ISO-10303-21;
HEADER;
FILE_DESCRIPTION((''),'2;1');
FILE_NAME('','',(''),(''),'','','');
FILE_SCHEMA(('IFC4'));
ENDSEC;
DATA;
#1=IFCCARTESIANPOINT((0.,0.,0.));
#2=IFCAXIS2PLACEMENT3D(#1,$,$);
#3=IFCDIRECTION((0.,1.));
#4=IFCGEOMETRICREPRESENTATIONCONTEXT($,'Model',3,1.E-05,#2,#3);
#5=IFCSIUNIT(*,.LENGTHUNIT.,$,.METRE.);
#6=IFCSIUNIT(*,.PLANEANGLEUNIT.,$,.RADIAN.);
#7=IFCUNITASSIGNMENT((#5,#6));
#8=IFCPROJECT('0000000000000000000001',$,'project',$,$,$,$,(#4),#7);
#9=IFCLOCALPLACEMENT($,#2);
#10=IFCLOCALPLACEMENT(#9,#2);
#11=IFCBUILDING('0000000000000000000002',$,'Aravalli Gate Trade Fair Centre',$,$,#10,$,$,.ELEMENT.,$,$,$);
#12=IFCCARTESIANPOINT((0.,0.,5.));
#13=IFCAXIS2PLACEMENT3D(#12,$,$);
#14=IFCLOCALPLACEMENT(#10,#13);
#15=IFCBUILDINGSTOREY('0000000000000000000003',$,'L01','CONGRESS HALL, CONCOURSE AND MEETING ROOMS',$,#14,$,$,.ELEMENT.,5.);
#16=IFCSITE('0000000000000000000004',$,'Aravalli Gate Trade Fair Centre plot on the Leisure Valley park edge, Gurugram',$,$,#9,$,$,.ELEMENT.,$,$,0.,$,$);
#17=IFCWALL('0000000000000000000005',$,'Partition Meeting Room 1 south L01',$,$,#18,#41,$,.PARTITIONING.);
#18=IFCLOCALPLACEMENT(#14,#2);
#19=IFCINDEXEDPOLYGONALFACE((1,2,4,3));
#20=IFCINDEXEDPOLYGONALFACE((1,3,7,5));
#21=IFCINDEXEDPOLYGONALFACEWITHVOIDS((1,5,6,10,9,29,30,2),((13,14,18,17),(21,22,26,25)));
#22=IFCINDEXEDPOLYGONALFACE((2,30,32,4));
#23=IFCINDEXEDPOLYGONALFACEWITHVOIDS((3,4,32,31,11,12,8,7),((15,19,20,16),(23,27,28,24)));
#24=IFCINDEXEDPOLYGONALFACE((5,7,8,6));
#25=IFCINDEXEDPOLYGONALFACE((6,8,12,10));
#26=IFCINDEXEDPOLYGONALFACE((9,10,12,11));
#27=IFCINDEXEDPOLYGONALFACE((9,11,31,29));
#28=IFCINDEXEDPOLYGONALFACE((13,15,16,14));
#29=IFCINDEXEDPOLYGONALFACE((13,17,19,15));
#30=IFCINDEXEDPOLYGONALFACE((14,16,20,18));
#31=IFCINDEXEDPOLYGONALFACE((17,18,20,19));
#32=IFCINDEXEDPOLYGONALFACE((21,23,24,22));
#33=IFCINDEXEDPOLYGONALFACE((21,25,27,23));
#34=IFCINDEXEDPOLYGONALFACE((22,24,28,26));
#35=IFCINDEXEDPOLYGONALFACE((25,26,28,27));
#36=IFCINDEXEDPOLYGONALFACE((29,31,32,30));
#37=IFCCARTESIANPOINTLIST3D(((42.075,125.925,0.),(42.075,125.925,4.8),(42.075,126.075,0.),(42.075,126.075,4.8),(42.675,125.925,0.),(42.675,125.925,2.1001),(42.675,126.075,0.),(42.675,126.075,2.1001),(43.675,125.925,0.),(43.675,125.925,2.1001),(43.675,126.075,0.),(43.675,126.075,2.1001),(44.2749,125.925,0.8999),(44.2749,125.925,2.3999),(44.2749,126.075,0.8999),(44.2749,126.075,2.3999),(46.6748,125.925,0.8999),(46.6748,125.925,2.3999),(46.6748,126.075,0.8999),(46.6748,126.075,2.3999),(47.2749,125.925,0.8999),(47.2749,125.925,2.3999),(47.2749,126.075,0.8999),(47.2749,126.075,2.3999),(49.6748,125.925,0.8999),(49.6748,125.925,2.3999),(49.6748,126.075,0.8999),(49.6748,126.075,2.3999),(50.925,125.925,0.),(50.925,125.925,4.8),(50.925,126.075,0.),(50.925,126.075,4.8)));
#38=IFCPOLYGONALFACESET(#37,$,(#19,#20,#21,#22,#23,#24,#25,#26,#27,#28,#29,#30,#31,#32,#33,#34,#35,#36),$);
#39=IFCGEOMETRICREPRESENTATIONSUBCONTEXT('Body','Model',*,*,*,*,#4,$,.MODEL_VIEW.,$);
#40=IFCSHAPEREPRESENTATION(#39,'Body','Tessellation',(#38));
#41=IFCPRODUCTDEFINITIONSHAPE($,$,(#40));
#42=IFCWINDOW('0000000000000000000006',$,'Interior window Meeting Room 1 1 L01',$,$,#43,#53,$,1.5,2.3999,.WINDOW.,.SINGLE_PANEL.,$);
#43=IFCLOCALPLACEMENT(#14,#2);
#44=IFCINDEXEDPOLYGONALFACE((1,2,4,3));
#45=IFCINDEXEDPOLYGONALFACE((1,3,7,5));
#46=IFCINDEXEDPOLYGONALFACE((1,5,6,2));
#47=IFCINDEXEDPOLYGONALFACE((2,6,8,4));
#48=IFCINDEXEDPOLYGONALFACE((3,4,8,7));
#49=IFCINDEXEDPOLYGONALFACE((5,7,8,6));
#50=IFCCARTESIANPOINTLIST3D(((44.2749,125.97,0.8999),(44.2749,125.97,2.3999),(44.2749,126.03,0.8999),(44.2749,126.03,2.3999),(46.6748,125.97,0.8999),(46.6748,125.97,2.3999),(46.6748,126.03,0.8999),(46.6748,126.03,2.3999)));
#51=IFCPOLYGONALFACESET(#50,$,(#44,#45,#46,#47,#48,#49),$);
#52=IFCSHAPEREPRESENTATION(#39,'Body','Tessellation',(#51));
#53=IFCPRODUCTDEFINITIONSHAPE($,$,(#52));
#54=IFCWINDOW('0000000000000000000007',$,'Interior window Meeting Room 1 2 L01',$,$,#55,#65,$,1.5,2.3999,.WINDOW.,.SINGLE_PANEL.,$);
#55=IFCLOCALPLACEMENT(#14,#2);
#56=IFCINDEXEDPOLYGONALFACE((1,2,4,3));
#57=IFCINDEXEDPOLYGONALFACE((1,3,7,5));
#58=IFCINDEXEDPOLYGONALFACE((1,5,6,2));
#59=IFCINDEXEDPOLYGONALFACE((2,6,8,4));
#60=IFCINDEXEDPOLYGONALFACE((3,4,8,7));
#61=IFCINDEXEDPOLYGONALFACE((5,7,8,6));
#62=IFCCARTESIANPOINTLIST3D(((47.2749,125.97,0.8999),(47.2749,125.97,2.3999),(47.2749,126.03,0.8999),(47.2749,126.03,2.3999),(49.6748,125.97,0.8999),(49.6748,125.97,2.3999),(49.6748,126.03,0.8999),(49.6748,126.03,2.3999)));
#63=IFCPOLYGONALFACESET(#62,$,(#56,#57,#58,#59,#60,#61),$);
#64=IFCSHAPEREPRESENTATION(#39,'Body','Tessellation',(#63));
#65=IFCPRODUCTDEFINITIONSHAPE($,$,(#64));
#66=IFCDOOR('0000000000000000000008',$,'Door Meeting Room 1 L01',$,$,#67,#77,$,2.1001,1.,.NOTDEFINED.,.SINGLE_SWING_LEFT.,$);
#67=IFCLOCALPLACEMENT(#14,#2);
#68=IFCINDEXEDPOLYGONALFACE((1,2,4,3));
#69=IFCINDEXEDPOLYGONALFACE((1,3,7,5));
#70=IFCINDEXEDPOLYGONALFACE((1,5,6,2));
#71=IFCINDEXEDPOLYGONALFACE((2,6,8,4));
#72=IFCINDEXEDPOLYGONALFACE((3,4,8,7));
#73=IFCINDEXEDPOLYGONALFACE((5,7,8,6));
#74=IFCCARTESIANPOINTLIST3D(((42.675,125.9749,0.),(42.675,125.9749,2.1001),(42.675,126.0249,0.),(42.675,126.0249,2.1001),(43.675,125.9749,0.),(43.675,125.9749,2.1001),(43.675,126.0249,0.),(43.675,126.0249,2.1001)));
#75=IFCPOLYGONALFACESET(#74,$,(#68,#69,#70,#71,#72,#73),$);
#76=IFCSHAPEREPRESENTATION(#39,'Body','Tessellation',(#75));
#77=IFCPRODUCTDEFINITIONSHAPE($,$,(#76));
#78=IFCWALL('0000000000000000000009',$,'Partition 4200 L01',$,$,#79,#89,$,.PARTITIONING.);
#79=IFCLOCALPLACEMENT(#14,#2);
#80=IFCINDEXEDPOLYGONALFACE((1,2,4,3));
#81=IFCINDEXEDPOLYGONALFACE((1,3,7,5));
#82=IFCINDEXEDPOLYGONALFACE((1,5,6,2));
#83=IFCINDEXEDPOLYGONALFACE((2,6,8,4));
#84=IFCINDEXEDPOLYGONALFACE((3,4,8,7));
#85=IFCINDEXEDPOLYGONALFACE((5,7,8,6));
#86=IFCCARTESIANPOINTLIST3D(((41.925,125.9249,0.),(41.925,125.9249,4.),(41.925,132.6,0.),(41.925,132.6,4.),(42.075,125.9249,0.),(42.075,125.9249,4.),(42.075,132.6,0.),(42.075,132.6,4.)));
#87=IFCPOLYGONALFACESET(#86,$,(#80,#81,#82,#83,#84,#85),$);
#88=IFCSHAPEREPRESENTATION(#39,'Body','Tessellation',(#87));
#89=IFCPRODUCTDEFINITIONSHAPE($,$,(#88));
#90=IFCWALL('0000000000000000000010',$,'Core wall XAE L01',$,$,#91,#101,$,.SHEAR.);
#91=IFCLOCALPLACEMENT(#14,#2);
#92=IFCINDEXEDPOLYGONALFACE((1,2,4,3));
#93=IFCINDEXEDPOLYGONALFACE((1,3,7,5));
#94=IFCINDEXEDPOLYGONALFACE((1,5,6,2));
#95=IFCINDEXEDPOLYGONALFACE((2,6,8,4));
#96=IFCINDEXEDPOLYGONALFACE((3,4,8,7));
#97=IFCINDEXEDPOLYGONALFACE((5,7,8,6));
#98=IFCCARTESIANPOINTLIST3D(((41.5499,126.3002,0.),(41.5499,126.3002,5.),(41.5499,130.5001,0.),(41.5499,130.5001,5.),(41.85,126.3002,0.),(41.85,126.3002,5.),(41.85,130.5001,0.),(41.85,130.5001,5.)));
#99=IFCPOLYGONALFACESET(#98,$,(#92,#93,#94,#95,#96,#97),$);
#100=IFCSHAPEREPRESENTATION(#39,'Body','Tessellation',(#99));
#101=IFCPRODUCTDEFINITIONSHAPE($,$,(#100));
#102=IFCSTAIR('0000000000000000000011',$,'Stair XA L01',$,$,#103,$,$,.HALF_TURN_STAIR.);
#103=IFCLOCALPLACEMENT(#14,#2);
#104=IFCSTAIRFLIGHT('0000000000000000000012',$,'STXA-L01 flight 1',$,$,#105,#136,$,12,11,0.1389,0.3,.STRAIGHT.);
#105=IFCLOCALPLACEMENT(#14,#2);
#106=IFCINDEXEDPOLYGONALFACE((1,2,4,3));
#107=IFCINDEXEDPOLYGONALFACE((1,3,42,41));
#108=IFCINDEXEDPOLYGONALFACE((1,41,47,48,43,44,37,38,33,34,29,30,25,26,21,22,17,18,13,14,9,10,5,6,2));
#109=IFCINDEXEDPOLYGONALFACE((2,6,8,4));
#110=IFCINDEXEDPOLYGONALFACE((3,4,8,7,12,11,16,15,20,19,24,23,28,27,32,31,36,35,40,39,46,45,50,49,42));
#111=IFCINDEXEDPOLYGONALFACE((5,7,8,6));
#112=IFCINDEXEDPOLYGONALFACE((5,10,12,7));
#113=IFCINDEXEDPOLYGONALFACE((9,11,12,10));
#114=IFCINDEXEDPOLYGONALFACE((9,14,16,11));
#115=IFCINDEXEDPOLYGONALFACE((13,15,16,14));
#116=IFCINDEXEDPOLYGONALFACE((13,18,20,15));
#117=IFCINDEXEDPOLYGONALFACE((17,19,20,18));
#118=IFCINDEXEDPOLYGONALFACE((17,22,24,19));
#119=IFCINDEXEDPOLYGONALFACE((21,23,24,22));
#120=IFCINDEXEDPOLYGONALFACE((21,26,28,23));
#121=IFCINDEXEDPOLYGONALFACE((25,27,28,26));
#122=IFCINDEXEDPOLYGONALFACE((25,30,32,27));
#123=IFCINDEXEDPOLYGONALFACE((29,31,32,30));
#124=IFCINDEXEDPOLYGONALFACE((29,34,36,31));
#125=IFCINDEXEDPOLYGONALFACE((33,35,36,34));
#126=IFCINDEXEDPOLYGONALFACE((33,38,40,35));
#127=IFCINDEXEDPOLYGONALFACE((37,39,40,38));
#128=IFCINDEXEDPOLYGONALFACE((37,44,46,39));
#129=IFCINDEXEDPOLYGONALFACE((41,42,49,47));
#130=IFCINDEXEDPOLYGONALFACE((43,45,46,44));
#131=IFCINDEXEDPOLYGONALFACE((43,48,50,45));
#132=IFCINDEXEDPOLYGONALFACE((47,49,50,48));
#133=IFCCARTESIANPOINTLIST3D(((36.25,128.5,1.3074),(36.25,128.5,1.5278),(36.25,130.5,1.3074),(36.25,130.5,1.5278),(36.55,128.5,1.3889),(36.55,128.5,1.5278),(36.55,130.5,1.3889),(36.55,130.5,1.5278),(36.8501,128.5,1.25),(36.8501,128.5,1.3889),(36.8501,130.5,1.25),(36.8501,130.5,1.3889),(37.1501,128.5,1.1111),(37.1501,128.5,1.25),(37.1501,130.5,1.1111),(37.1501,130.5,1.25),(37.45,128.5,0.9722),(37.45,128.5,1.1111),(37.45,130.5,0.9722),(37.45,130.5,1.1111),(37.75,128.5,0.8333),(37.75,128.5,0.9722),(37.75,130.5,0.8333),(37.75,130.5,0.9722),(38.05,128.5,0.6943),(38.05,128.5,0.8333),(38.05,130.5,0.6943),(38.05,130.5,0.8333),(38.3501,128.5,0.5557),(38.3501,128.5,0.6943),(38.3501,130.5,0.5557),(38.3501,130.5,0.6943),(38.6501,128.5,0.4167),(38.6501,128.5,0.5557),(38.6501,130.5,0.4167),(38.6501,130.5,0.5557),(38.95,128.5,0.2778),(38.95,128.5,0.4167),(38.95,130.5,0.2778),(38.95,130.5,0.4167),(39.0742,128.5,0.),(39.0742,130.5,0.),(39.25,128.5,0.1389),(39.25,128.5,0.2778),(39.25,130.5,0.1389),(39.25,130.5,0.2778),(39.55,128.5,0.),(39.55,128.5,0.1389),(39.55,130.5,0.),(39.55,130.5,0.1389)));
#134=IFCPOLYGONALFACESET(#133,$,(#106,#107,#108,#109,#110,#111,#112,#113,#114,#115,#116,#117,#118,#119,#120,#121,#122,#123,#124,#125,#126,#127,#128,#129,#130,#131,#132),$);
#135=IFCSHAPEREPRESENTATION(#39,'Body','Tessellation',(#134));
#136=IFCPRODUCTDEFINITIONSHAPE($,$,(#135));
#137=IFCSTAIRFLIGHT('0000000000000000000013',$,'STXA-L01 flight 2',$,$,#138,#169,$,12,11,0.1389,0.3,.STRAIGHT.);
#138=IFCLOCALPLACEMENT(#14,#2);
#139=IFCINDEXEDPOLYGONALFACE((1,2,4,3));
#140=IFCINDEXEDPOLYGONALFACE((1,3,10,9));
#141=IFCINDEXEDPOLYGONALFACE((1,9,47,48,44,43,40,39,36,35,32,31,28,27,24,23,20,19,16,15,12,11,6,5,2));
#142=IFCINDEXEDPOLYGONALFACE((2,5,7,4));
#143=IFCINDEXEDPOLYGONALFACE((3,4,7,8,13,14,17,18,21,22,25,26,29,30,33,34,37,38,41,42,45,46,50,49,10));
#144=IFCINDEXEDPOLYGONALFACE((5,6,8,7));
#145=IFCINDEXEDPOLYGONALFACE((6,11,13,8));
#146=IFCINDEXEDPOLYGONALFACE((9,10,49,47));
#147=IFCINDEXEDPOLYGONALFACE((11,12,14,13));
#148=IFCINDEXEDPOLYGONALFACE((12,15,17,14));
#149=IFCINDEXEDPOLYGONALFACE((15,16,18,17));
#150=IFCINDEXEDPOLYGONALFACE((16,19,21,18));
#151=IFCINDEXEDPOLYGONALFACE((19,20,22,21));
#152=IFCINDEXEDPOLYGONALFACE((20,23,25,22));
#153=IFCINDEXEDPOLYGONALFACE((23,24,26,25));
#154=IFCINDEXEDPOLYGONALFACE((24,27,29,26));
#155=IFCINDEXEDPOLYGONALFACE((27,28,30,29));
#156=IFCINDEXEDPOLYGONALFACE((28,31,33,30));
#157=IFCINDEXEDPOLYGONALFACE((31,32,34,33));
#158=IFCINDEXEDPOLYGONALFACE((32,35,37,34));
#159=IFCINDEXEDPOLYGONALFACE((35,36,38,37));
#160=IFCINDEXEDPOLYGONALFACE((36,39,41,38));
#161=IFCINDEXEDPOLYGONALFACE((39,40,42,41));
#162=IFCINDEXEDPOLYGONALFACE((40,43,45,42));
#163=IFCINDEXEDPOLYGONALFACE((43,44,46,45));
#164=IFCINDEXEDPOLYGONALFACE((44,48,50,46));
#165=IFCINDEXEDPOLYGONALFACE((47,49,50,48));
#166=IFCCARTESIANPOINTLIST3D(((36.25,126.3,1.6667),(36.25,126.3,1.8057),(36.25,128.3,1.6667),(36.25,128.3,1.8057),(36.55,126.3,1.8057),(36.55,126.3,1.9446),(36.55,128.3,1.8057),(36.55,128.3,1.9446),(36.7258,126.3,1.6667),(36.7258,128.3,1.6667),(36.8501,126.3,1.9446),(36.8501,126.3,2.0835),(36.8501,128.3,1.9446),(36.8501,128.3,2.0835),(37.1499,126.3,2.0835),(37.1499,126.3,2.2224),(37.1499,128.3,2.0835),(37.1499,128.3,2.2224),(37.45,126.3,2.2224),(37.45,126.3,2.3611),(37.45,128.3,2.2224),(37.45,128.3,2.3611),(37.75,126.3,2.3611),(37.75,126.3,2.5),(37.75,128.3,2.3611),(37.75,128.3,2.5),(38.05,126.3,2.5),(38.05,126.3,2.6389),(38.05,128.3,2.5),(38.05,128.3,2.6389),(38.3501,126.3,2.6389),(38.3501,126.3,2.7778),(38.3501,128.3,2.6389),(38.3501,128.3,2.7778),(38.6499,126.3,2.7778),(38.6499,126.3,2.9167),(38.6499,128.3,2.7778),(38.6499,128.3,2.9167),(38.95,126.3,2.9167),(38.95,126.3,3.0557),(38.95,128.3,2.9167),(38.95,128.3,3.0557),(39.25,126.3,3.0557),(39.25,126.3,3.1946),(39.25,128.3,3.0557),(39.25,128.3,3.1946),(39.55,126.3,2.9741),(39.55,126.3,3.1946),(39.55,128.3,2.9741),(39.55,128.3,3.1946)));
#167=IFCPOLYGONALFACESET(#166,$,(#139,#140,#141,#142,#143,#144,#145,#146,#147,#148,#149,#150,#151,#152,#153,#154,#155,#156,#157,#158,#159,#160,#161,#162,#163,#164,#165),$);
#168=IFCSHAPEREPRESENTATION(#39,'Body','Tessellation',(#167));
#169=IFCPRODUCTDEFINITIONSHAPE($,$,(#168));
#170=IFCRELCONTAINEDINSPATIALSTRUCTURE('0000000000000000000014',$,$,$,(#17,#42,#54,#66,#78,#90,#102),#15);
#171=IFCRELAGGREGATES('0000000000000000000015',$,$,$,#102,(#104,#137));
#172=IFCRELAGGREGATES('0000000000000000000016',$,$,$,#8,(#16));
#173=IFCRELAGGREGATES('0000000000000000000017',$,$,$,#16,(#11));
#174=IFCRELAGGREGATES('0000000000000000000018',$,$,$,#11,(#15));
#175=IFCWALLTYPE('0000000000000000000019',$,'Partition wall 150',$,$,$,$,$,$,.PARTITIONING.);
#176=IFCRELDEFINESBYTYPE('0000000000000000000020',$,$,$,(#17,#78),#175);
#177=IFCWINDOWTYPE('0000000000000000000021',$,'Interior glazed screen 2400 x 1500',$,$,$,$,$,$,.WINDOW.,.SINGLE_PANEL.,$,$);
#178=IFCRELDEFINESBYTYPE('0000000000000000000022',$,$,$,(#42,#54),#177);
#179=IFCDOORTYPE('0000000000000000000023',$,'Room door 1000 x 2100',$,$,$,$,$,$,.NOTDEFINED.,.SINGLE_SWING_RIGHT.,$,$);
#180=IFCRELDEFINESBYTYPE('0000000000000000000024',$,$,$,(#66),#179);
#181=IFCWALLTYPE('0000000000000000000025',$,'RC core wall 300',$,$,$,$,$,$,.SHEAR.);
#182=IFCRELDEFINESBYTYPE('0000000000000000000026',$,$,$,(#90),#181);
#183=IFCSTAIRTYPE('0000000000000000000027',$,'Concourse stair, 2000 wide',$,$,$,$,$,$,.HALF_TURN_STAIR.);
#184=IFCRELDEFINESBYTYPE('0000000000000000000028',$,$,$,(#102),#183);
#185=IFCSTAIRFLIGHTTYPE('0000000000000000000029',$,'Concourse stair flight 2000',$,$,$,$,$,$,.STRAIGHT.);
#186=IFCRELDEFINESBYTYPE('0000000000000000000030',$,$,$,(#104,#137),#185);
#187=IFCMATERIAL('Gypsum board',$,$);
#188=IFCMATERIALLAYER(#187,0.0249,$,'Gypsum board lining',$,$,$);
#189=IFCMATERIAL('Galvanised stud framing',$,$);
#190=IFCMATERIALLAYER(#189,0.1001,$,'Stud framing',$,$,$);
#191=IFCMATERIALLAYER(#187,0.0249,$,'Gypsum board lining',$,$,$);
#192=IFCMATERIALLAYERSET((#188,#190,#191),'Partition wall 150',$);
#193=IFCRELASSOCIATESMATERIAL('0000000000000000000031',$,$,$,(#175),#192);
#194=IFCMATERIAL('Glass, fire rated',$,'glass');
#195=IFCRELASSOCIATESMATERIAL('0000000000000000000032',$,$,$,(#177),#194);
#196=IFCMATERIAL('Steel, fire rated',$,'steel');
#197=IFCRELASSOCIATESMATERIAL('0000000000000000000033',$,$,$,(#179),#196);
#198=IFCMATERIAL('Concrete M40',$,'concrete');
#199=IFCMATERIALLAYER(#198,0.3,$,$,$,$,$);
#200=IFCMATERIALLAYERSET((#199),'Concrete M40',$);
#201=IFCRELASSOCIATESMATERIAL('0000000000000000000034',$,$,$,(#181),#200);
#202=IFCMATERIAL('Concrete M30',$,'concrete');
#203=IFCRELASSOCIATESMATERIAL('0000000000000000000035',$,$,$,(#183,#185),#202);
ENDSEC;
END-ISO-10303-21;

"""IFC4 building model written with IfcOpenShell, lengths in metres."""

from ifc_helpers import new_model, si_unit, direction, frame, frame_2d, origin, place, context, subcontext, project, spatial, polyline, rectangle, outline, extrude, material, layer, layer_set, type_object, element, fill, aggregate, save


model = new_model("IFC4")

# Units and contexts
model_context = context("Model", 3, precision=1e-05, world=origin(), true_north=direction((0.0, 1.0)))
body_context = subcontext(model_context, "Body", "Model", "MODEL_VIEW")
ifc_project = project(units=[si_unit("LENGTHUNIT", "METRE"), si_unit("PLANEANGLEUNIT", "RADIAN")], contexts=[model_context])

# Site, building, storey
site_placement = place(None, origin())
site = spatial("IfcSite", under=ifc_project, at=site_placement, Name="Aravalli Gate Trade Fair Centre plot on the Leisure Valley park edge, Gurugram", CompositionType="ELEMENT", RefElevation=0.0)
building_placement = place(site_placement, origin())
building = spatial("IfcBuilding", under=site, at=building_placement, Name="Aravalli Gate Trade Fair Centre", CompositionType="ELEMENT")
storey_placement = place(building_placement, frame((0.0, 0.0, 5.0)))
storey = spatial("IfcBuildingStorey", under=building, at=storey_placement, Name="L01", Description="CONGRESS HALL, CONCOURSE AND MEETING ROOMS", CompositionType="ELEMENT", Elevation=5.0)

# Wall, openings, windows, door
ifc_material_1 = material(Name="Gypsum board")
ifc_layer_1 = layer(ifc_material_1, 0.0249, Name="Gypsum board lining")
ifc_material_2 = material(Name="Galvanised stud framing")
ifc_layer_2 = layer(ifc_material_2, 0.1001, Name="Stud framing")
ifc_layer_3 = layer(ifc_material_1, 0.0249, Name="Gypsum board lining")
ifc_layer_set_1 = layer_set([ifc_layer_1, ifc_layer_2, ifc_layer_3], Name="Partition wall 150")
wall_type_1 = type_object("IfcWallType", Name="Partition wall 150", PredefinedType="PARTITIONING", material=ifc_layer_set_1)
wall_1_placement = place(storey_placement, frame((42.075, 126.0, 0.0), z_axis=(0.0, 0.0, 1.0), x_axis=(1.0, 0.0, 0.0)))
wall_1 = element("IfcWall", 1, at=wall_1_placement, inside=storey, type_object=wall_type_1, Name="Partition Meeting Room 1 south L01", PredefinedType="PARTITIONING", context=body_context, shape_type="SweptSolid", body=[
    extrude(rectangle(XDim=8.8501, YDim=0.1499, at=frame_2d((4.425, 0.0))), origin(), (0.0, 0.0, 1.0), 4.8),
])
opening_1_placement = place(wall_1_placement, frame((0.6001, 0.0, 0.0)))
opening_1 = element("IfcOpeningElement", 2, at=opening_1_placement, cuts=wall_1, PredefinedType="OPENING", context=body_context, shape_type="SweptSolid", body=[
    extrude(rectangle(XDim=1.0, YDim=2.1001, at=frame_2d((0.5, 1.05))), frame((0.0, 0.085, 0.0), z_axis=(0.0, -1.0, 0.0), x_axis=(1.0, 0.0, 0.0)), (0.0, 0.0, 1.0), 0.1699),
])
opening_2_placement = place(wall_1_placement, frame((2.2, 0.0, 0.8999)))
opening_2 = element("IfcOpeningElement", 3, at=opening_2_placement, cuts=wall_1, PredefinedType="OPENING", context=body_context, shape_type="SweptSolid", body=[
    extrude(rectangle(XDim=2.3999, YDim=1.5, at=frame_2d((1.2, 0.75))), frame((0.0, 0.085, 0.0), z_axis=(0.0, -1.0, 0.0), x_axis=(1.0, 0.0, 0.0)), (0.0, 0.0, 1.0), 0.1699),
])
opening_3_placement = place(wall_1_placement, frame((5.2, 0.0, 0.8999)))
opening_3 = element("IfcOpeningElement", 4, at=opening_3_placement, cuts=wall_1, PredefinedType="OPENING", context=body_context, shape_type="SweptSolid", body=[
    extrude(rectangle(XDim=2.3999, YDim=1.5, at=frame_2d((1.2, 0.75))), frame((0.0, 0.085, 0.0), z_axis=(0.0, -1.0, 0.0), x_axis=(1.0, 0.0, 0.0)), (0.0, 0.0, 1.0), 0.1699),
])
ifc_material_3 = material(Name="Glass, fire rated", Category="glass")
window_type = type_object("IfcWindowType", Name="Interior glazed screen 2400 x 1500", PartitioningType="SINGLE_PANEL", PredefinedType="WINDOW", material=ifc_material_3)
window_1_placement = place(opening_2_placement, origin())
window_1 = element("IfcWindow", 5, at=window_1_placement, inside=storey, type_object=window_type, Name="Interior window Meeting Room 1 1 L01", OverallHeight=1.5, OverallWidth=2.3999, PartitioningType="SINGLE_PANEL", PredefinedType="WINDOW", context=body_context, shape_type="SweptSolid", body=[
    extrude(rectangle(XDim=2.3999, YDim=1.5, at=frame_2d((1.2, 0.75))), frame((0.0, 0.03, 0.0), z_axis=(0.0, -1.0, 0.0), x_axis=(1.0, 0.0, 0.0)), (0.0, 0.0, 1.0), 0.0601),
])
fill(opening_2, window_1)
window_2_placement = place(opening_3_placement, origin())
window_2 = element("IfcWindow", 6, at=window_2_placement, inside=storey, type_object=window_type, Name="Interior window Meeting Room 1 2 L01", OverallHeight=1.5, OverallWidth=2.3999, PartitioningType="SINGLE_PANEL", PredefinedType="WINDOW", context=body_context, shape_type="SweptSolid", body=[
    extrude(rectangle(XDim=2.3999, YDim=1.5, at=frame_2d((1.2, 0.75))), frame((0.0, 0.03, 0.0), z_axis=(0.0, -1.0, 0.0), x_axis=(1.0, 0.0, 0.0)), (0.0, 0.0, 1.0), 0.0601),
])
fill(opening_3, window_2)
ifc_material_4 = material(Name="Steel, fire rated", Category="steel")
door_type = type_object("IfcDoorType", Name="Room door 1000 x 2100", OperationType="SINGLE_SWING_RIGHT", PredefinedType="NOTDEFINED", material=ifc_material_4)
door_placement = place(opening_1_placement, origin())
door = element("IfcDoor", 7, at=door_placement, inside=storey, type_object=door_type, Name="Door Meeting Room 1 L01", OperationType="SINGLE_SWING_LEFT", OverallHeight=2.1001, OverallWidth=1.0, PredefinedType="NOTDEFINED", context=body_context, shape_type="SweptSolid", body=[
    extrude(rectangle(XDim=1.0, YDim=2.1001, at=frame_2d((0.5, 1.05))), frame((0.0, 0.0249, 0.0), z_axis=(0.0, -1.0, 0.0), x_axis=(1.0, 0.0, 0.0)), (0.0, 0.0, 1.0), 0.05),
])
fill(opening_1, door)

# Walls
wall_2_placement = place(storey_placement, frame((42.0, 125.925, 0.0), z_axis=(0.0, 0.0, 1.0), x_axis=(0.0, 1.0, 0.0)))
element("IfcWall", 8, at=wall_2_placement, inside=storey, type_object=wall_type_1, Name="Partition 4200 L01", PredefinedType="PARTITIONING", context=body_context, shape_type="SweptSolid", body=[
    extrude(rectangle(XDim=6.675, YDim=0.1499, at=frame_2d((3.3374, 0.0))), origin(), (0.0, 0.0, 1.0), 4.0),
])
ifc_material_5 = material(Name="Concrete M40", Category="concrete")
ifc_layer_4 = layer(ifc_material_5, 0.3)
ifc_layer_set_2 = layer_set([ifc_layer_4], Name="Concrete M40")
wall_type_2 = type_object("IfcWallType", Name="RC core wall 300", PredefinedType="SHEAR", material=ifc_layer_set_2)
wall_3_placement = place(storey_placement, frame((41.7, 126.3, 0.0), z_axis=(0.0, 0.0, 1.0), x_axis=(0.0, 1.0, 0.0)))
element("IfcWall", 9, at=wall_3_placement, inside=storey, type_object=wall_type_2, Name="Core wall XAE L01", PredefinedType="SHEAR", context=body_context, shape_type="SweptSolid", body=[
    extrude(rectangle(XDim=4.2, YDim=0.3, at=frame_2d((2.1001, 0.0))), origin(), (0.0, 0.0, 1.0), 5.0),
])

# Stair, stair flights
ifc_material_6 = material(Name="Concrete M30", Category="concrete")
stair_type = type_object("IfcStairType", Name="Concourse stair, 2000 wide", PredefinedType="HALF_TURN_STAIR", material=ifc_material_6)
stair_placement = place(storey_placement, origin())
stair = element("IfcStair", 10, at=stair_placement, inside=storey, type_object=stair_type, Name="Stair XA L01", PredefinedType="HALF_TURN_STAIR")
stair_flight_type = type_object("IfcStairFlightType", Name="Concourse stair flight 2000", PredefinedType="STRAIGHT", material=ifc_material_6)
stair_flight_1_placement = place(storey_placement, frame((39.55, 129.5, 0.0), z_axis=(0.0, 0.0, 1.0), x_axis=(-1.0, 0.0, 0.0)))
stair_flight_1 = element("IfcStairFlight", 11, at=stair_flight_1_placement, type_object=stair_flight_type, Name="STXA-L01 flight 1", NumberOfRisers=12, NumberOfTreads=11, PredefinedType="STRAIGHT", RiserHeight=0.1389, TreadLength=0.3, context=body_context, shape_type="SweptSolid", body=[
    extrude(outline(polyline([(0.0, 0.0), (0.0, 0.1389), (0.3, 0.1389), (0.3, 0.2778), (0.6001, 0.2778), (0.6001, 0.4167), (0.8999, 0.4167), (0.8999, 0.5557), (1.2, 0.5557), (1.2, 0.6943), (1.5, 0.6943), (1.5, 0.8333), (1.8, 0.8333), (1.8, 0.9722), (2.1001, 0.9722), (2.1001, 1.1111), (2.3999, 1.1111), (2.3999, 1.25), (2.7, 1.25), (2.7, 1.3889), (3.0, 1.3889), (3.0, 1.5278), (3.3, 1.5278), (3.3, 1.6667), (3.3, 1.3074), (0.4758, 0.0), (0.0, 0.0)])), frame((0.0, 1.0, 0.0), z_axis=(0.0, -1.0, 0.0), x_axis=(1.0, 0.0, 0.0)), (0.0, 0.0, 1.0), 2.0),
])
stair_flight_2_placement = place(storey_placement, frame((36.25, 127.3, 1.6667), z_axis=(0.0, 0.0, 1.0), x_axis=(1.0, 0.0, 0.0)))
stair_flight_2 = element("IfcStairFlight", 12, at=stair_flight_2_placement, type_object=stair_flight_type, Name="STXA-L01 flight 2", NumberOfRisers=12, NumberOfTreads=11, PredefinedType="STRAIGHT", RiserHeight=0.1389, TreadLength=0.3, context=body_context, shape_type="SweptSolid", body=[
    extrude(outline(polyline([(0.0, 0.0), (0.0, 0.1389), (0.3, 0.1389), (0.3, 0.2778), (0.6001, 0.2778), (0.6001, 0.4167), (0.8999, 0.4167), (0.8999, 0.5557), (1.2, 0.5557), (1.2, 0.6943), (1.5, 0.6943), (1.5, 0.8333), (1.8, 0.8333), (1.8, 0.9722), (2.1001, 0.9722), (2.1001, 1.1111), (2.3999, 1.1111), (2.3999, 1.25), (2.7, 1.25), (2.7, 1.3889), (3.0, 1.3889), (3.0, 1.5278), (3.3, 1.5278), (3.3, 1.6667), (3.3, 1.3074), (0.4758, 0.0), (0.0, 0.0)])), frame((0.0, 1.0, 0.0), z_axis=(0.0, -1.0, 0.0), x_axis=(1.0, 0.0, 0.0)), (0.0, 0.0, 1.0), 2.0),
])
aggregate(stair, [stair_flight_1, stair_flight_2])

save(model, "model.ifc")
